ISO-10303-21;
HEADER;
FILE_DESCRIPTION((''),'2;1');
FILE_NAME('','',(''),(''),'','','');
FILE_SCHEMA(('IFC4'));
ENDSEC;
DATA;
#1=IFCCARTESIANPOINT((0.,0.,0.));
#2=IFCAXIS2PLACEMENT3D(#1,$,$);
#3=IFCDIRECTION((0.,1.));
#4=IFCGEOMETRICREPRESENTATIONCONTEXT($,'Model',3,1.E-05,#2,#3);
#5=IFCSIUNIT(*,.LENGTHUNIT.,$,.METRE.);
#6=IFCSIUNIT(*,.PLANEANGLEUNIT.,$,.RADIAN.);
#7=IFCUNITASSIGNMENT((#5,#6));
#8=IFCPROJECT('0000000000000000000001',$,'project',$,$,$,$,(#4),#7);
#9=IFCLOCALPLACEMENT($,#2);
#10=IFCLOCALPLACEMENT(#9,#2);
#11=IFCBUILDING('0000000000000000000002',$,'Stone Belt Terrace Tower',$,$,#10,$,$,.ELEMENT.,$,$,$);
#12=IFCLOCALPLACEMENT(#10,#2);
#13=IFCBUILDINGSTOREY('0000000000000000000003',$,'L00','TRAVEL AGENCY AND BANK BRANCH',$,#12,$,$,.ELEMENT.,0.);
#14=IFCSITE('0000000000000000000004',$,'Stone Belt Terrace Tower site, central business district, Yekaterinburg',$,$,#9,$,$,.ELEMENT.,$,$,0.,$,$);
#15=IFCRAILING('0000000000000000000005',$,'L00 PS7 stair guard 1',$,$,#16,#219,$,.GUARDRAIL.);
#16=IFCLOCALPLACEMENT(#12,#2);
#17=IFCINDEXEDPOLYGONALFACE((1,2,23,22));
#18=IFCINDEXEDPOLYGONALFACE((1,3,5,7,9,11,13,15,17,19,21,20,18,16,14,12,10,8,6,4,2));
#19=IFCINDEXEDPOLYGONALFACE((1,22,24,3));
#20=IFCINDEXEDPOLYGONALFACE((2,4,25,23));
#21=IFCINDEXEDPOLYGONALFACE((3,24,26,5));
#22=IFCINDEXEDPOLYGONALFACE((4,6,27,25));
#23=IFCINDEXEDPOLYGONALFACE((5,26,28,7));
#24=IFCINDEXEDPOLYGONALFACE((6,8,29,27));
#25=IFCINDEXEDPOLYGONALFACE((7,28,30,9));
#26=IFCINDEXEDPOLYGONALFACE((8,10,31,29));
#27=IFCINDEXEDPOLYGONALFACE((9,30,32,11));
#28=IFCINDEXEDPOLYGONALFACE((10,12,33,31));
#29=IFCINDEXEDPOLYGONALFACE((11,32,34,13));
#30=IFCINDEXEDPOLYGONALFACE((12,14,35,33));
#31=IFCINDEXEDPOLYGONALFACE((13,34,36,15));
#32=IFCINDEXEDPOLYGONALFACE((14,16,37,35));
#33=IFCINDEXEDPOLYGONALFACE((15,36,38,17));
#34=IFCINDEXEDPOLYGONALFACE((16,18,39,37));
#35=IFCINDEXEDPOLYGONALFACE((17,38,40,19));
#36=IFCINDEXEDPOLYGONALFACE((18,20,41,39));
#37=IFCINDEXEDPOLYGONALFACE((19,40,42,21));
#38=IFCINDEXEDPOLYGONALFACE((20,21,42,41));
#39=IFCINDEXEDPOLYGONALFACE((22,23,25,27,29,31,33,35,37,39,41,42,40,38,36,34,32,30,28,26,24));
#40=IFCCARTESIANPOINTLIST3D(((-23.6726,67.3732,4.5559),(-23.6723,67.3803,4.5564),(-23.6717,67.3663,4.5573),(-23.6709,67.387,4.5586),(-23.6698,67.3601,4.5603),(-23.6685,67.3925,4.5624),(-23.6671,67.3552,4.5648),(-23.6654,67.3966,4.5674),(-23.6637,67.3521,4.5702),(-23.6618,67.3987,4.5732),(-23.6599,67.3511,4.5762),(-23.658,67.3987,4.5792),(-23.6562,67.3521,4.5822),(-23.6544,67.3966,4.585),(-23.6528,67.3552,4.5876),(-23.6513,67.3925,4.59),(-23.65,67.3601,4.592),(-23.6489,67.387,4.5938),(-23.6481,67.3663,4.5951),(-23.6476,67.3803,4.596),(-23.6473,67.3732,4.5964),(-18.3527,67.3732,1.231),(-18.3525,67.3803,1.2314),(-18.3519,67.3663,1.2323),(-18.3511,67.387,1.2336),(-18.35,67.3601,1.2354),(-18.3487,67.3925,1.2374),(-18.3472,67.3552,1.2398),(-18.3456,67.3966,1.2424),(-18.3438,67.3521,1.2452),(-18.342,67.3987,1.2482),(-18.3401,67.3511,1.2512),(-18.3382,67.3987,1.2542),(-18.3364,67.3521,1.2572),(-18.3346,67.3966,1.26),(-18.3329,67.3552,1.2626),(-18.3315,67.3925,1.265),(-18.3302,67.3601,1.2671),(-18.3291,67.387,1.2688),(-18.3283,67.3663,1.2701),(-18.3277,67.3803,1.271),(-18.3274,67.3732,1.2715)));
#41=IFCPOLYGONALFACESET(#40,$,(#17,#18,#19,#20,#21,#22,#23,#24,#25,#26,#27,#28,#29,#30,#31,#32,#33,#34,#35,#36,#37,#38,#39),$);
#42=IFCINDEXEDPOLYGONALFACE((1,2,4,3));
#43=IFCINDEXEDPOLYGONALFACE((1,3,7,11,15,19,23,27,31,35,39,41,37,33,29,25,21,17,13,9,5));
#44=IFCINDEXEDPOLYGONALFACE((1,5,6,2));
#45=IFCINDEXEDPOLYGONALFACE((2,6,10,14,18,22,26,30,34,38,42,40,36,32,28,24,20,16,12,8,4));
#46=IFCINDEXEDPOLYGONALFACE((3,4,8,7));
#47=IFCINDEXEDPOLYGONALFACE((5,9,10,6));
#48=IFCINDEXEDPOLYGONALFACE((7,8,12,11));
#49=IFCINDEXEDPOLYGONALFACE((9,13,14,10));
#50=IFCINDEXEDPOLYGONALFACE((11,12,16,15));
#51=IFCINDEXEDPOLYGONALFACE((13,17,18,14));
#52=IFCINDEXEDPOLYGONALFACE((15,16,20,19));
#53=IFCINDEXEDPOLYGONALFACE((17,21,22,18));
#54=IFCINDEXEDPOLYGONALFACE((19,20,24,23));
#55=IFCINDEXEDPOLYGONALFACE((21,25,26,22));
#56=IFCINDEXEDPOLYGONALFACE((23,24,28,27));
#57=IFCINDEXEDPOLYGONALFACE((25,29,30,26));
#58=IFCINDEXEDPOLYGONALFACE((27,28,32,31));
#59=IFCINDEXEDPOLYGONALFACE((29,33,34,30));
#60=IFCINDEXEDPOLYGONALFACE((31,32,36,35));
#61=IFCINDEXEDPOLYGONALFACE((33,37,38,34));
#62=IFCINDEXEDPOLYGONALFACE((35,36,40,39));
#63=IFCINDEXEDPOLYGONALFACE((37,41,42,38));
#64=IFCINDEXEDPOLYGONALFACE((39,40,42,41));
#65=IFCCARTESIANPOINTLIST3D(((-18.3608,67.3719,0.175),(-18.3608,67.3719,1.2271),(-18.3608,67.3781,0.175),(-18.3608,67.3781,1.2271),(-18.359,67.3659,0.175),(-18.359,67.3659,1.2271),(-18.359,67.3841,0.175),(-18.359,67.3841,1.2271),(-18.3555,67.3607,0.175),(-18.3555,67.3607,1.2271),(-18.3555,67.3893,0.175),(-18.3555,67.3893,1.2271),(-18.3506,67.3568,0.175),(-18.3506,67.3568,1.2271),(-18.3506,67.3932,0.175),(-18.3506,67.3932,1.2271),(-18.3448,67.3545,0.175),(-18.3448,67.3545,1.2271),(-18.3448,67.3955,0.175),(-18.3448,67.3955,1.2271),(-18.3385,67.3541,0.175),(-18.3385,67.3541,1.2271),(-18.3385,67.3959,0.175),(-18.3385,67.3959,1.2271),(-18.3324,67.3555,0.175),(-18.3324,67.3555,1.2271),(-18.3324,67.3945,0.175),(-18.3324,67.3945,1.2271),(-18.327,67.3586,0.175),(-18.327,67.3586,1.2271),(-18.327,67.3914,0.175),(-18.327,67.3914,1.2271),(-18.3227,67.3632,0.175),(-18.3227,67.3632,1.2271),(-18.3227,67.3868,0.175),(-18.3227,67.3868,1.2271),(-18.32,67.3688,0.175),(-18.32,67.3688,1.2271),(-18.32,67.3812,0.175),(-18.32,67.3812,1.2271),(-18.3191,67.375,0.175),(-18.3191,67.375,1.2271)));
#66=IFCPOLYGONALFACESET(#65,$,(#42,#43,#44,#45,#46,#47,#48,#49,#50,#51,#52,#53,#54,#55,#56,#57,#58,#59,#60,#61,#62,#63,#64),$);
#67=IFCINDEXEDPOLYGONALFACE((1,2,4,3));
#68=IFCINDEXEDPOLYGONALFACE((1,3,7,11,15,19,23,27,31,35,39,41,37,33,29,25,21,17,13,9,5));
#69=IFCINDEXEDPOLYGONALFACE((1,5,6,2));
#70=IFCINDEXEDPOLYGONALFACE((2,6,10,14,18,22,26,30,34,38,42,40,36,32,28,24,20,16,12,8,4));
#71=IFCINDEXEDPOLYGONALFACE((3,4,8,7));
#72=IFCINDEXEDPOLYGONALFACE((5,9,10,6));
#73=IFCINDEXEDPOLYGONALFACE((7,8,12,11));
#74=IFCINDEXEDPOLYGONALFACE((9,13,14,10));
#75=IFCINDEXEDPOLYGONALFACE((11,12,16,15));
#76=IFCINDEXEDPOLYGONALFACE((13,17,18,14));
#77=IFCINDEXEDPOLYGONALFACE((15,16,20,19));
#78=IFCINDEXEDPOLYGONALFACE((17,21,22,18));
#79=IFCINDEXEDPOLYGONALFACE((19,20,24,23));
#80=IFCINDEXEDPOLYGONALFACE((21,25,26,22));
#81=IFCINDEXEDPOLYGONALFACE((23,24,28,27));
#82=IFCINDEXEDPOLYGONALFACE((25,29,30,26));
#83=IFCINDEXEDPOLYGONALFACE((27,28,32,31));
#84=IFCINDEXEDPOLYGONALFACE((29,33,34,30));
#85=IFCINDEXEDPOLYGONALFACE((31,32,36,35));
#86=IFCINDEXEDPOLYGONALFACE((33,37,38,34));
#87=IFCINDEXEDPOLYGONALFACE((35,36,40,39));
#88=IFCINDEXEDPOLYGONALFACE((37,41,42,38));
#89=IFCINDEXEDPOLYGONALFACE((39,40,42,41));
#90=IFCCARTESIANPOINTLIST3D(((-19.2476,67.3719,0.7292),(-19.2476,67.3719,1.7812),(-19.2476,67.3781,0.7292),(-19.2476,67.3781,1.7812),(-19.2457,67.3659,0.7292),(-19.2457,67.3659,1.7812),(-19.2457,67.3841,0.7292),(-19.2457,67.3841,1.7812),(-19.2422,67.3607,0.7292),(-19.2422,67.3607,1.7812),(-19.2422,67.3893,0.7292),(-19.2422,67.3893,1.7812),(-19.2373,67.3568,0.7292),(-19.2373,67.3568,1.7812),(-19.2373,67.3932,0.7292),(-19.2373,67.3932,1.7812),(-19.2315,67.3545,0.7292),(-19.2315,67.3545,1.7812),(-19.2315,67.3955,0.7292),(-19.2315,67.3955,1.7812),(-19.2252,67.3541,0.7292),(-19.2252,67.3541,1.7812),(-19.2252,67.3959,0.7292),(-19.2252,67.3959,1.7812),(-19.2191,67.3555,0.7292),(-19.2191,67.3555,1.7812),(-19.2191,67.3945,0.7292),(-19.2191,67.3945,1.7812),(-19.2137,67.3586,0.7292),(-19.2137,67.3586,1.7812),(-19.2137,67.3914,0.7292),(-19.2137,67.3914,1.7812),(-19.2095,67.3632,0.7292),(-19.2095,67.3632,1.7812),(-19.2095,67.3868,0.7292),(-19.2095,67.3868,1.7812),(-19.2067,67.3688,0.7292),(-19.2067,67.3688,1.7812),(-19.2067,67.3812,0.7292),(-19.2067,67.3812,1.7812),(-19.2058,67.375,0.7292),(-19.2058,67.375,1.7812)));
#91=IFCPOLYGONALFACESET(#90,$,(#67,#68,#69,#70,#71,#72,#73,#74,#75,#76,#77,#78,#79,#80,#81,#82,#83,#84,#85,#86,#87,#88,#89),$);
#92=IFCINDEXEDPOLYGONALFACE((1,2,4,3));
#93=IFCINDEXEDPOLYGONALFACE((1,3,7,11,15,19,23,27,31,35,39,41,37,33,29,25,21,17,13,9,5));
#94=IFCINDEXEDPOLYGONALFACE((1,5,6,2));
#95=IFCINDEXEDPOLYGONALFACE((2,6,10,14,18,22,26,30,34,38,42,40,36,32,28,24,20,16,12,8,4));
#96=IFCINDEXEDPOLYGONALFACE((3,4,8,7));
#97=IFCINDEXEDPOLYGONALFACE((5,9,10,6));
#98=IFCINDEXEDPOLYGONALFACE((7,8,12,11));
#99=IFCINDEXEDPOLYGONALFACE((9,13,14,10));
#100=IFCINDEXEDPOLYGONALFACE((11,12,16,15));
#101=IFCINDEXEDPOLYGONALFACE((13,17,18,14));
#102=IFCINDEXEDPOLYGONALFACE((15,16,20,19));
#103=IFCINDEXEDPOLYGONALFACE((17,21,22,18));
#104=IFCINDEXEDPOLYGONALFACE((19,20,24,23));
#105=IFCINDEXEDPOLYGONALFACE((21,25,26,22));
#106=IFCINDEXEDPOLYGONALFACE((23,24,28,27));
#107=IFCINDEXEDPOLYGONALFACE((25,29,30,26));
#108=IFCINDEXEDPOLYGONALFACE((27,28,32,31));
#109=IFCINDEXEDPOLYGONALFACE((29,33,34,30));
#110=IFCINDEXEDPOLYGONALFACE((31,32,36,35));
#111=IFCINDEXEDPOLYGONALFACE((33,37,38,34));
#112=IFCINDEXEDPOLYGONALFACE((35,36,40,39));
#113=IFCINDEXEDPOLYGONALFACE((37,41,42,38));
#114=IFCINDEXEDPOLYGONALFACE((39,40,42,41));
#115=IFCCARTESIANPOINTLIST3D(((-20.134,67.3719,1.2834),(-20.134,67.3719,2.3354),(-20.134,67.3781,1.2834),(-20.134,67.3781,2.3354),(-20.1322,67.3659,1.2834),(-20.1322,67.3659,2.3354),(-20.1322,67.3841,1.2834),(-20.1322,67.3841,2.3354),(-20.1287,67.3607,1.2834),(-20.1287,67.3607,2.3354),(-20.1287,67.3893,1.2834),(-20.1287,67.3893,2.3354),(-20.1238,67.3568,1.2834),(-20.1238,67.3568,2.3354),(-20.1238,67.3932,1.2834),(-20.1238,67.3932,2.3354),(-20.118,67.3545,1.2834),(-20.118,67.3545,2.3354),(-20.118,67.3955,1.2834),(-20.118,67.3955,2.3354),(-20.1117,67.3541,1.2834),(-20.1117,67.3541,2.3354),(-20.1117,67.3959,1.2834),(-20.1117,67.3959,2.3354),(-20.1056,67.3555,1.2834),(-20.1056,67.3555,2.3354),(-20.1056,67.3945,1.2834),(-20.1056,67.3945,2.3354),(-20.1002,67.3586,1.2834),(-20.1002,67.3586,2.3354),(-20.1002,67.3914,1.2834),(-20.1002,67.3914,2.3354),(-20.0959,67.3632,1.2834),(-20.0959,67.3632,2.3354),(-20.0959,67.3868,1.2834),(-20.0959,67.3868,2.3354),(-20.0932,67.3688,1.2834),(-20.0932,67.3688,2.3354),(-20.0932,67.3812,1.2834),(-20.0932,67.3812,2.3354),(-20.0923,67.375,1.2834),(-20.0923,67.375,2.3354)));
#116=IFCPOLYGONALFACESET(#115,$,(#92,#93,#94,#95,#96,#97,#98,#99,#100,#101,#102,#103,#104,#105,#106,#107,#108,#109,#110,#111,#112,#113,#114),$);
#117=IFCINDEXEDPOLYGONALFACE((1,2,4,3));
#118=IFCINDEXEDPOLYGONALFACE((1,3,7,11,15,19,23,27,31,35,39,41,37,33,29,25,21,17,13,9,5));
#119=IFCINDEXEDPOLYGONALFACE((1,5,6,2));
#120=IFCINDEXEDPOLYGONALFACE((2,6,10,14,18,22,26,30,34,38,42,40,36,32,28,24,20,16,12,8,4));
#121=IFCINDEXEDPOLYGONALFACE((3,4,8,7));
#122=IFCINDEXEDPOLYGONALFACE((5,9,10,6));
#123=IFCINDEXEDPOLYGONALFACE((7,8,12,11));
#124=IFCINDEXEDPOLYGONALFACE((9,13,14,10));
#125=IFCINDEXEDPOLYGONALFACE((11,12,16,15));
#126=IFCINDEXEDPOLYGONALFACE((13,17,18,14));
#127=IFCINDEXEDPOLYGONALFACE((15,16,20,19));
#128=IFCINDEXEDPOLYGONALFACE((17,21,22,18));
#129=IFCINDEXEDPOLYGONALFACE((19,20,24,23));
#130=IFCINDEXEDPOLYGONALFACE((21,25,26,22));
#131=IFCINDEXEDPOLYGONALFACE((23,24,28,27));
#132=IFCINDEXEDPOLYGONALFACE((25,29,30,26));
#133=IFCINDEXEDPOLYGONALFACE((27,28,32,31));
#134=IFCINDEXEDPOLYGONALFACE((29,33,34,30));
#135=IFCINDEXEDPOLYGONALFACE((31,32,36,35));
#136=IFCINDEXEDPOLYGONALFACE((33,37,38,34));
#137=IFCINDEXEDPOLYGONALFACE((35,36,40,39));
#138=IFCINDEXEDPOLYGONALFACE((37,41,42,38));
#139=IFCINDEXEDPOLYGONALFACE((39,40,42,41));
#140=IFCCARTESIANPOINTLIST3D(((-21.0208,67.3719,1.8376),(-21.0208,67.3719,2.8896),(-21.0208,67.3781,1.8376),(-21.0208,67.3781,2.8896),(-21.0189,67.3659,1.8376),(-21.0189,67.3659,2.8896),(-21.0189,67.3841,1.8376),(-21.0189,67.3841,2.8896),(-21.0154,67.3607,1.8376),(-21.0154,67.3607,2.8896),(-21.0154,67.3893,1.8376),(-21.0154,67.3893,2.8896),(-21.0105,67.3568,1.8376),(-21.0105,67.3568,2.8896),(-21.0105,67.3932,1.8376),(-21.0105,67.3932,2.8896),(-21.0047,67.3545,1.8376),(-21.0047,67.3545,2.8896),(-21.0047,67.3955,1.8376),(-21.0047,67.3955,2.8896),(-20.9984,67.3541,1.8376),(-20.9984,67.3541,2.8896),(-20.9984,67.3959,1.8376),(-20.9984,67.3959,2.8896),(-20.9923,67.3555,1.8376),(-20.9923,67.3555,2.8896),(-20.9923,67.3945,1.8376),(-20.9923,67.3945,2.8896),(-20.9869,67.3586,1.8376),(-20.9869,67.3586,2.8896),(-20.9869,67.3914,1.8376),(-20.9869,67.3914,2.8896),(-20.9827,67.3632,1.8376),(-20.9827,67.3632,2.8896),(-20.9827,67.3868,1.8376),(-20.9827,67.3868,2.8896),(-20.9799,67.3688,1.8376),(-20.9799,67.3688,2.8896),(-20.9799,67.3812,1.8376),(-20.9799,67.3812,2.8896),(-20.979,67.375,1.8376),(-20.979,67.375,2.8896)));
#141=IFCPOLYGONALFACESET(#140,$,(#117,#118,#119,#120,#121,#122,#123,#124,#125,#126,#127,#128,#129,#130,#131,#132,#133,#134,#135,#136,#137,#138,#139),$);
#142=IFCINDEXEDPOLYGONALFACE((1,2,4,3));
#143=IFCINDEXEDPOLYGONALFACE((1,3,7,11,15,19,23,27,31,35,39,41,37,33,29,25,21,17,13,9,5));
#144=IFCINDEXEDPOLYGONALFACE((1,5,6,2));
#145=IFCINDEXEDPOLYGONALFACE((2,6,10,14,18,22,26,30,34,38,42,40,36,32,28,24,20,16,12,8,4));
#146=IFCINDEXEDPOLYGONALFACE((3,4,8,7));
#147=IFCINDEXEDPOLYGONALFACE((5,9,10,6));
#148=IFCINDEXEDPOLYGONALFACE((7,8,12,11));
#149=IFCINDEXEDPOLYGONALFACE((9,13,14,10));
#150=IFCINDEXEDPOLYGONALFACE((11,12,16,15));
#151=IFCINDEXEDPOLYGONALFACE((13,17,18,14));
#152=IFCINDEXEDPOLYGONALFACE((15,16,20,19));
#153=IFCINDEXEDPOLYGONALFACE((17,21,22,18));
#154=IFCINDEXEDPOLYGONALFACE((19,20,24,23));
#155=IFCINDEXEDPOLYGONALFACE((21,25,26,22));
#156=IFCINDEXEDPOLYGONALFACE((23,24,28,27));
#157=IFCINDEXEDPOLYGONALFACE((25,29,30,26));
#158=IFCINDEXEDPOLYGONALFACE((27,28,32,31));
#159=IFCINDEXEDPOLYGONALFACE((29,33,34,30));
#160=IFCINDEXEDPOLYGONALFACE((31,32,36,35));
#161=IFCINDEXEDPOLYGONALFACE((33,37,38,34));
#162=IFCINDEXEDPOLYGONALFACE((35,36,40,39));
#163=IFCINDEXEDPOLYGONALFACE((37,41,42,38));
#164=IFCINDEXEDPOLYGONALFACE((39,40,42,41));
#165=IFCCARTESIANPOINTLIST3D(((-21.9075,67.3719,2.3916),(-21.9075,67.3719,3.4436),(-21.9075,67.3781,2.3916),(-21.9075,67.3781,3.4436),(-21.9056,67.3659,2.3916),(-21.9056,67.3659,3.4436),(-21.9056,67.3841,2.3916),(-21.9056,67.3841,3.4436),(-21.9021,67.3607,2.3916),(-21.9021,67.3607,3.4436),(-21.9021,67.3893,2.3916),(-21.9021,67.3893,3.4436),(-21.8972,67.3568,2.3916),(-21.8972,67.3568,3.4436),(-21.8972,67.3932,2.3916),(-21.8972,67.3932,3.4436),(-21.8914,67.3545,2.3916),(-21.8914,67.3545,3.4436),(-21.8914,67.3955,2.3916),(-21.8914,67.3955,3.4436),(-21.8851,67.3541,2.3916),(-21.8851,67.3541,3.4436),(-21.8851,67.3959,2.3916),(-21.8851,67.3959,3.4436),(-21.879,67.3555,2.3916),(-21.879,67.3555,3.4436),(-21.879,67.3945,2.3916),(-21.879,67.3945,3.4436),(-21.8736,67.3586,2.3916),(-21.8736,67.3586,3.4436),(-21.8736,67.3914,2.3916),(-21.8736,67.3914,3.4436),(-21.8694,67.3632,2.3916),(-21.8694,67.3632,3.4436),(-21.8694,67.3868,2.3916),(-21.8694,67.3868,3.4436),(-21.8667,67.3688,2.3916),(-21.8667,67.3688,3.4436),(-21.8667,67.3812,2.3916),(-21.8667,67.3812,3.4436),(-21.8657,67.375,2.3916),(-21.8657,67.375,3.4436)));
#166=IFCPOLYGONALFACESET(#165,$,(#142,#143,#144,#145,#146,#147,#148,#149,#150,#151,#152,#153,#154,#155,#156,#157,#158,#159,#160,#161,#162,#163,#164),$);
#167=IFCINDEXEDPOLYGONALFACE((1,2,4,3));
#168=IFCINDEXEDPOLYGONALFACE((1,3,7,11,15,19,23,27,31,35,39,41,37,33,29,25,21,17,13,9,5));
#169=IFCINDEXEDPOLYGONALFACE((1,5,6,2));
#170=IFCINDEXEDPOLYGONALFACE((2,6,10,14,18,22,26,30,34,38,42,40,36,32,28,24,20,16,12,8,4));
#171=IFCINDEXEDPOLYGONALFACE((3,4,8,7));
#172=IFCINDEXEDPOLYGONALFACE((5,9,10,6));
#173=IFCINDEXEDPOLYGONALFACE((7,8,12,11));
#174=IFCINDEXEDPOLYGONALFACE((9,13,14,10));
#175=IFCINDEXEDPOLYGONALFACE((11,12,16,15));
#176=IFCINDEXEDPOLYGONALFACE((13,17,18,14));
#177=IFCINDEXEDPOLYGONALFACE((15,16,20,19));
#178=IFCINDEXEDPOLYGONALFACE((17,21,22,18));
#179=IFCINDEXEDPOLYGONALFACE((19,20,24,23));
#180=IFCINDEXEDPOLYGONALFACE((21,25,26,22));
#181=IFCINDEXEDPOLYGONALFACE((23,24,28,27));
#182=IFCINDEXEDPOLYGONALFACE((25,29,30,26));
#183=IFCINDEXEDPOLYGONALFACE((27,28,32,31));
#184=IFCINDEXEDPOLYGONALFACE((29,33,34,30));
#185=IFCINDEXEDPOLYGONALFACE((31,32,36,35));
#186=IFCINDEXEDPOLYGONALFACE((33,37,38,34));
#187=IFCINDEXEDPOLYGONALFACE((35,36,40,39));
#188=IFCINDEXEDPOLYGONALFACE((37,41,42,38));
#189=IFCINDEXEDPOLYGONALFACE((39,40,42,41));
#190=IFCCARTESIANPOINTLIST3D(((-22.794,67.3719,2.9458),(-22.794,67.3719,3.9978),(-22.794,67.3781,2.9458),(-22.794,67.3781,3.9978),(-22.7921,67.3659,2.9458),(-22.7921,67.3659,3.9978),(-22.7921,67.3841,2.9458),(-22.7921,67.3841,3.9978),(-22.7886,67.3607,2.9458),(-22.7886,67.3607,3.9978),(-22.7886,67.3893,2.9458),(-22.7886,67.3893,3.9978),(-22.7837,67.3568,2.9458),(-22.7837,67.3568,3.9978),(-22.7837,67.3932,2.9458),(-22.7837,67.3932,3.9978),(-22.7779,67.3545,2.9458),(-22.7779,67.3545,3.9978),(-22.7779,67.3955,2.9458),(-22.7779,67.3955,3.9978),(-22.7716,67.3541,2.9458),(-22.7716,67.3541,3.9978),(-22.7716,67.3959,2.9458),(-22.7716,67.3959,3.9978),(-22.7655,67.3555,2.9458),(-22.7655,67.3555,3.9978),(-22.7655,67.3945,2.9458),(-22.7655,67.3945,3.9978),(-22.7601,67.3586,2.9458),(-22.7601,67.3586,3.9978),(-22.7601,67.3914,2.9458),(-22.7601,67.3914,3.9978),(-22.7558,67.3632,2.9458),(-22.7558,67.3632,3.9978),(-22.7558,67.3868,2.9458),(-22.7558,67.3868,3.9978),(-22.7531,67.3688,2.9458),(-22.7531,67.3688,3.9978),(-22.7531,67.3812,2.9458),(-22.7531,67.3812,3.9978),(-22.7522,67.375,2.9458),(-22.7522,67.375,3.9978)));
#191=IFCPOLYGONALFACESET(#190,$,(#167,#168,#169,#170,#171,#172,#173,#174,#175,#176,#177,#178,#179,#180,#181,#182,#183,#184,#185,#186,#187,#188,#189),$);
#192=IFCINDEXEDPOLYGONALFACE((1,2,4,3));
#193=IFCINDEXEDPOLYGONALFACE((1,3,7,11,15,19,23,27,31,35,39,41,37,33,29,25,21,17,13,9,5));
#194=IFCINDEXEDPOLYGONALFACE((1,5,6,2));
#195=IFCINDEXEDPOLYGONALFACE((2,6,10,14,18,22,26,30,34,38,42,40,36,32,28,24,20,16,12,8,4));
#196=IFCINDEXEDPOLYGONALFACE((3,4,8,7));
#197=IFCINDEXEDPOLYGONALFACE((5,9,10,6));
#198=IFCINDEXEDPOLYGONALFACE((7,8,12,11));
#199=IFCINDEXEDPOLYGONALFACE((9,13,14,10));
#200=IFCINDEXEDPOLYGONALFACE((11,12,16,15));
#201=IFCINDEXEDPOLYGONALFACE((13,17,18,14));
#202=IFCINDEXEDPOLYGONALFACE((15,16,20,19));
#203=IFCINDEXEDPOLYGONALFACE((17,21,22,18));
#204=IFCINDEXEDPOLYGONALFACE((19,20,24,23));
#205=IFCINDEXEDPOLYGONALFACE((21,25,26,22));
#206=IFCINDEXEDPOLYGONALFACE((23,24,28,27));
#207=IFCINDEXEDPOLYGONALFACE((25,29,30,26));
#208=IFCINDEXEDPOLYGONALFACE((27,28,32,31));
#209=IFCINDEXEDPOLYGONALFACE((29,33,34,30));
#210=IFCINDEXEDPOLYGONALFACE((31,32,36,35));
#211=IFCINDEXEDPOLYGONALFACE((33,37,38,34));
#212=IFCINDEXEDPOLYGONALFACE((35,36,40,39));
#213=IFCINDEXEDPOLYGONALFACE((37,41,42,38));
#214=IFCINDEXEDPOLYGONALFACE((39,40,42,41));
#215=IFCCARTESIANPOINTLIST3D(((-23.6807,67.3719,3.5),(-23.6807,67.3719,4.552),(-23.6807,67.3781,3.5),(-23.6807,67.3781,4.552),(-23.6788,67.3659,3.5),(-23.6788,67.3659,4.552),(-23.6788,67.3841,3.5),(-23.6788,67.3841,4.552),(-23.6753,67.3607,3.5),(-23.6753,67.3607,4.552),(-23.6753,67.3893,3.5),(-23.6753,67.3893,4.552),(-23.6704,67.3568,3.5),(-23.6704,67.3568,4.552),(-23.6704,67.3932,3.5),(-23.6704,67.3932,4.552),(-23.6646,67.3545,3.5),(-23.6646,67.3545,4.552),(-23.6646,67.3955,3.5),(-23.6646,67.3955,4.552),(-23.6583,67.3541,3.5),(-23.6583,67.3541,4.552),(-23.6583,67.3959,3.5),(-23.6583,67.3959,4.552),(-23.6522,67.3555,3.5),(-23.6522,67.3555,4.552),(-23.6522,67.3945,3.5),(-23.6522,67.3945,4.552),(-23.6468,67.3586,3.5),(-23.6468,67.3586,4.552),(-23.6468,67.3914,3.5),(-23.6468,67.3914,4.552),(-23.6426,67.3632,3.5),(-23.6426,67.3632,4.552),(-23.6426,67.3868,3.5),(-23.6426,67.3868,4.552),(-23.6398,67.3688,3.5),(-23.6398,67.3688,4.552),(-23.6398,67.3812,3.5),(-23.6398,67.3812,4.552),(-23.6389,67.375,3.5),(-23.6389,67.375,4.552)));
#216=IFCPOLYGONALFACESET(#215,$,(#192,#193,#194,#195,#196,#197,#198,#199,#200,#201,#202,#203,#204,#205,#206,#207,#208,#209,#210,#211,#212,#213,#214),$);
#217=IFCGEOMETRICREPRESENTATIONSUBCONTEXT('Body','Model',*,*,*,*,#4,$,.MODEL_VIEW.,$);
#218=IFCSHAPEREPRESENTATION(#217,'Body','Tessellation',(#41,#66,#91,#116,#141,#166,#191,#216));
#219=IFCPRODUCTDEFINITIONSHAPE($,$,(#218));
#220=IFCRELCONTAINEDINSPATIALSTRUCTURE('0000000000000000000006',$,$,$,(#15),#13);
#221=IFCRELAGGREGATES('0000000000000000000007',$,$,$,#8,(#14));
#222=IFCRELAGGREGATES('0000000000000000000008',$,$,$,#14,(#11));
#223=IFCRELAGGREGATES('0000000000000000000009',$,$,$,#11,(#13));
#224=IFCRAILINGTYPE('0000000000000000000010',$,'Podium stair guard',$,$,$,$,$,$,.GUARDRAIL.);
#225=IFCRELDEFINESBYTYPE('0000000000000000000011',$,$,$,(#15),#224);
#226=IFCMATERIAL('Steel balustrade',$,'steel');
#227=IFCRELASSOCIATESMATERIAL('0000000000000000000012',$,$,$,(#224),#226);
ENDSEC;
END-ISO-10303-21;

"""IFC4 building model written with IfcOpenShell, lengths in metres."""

from ifc_helpers import new_model, si_unit, direction, frame, origin, origin_2d, place, context, subcontext, project, spatial, circle, extrude, material, type_object, element, save


model = new_model("IFC4")

# Units and contexts
model_context = context("Model", 3, precision=1e-05, world=origin(), true_north=direction((0.0, 1.0)))
body_context = subcontext(model_context, "Body", "Model", "MODEL_VIEW")
ifc_project = project(units=[si_unit("LENGTHUNIT", "METRE"), si_unit("PLANEANGLEUNIT", "RADIAN")], contexts=[model_context])

# Site, building, storey
site_placement = place(None, origin())
site = spatial("IfcSite", under=ifc_project, at=site_placement, Name="Stone Belt Terrace Tower site, central business district, Yekaterinburg", CompositionType="ELEMENT", RefElevation=0.0)
building_placement = place(site_placement, origin())
building = spatial("IfcBuilding", under=site, at=building_placement, Name="Stone Belt Terrace Tower", CompositionType="ELEMENT")
storey_placement = place(building_placement, origin())
storey = spatial("IfcBuildingStorey", under=building, at=storey_placement, Name="L00", Description="TRAVEL AGENCY AND BANK BRANCH", CompositionType="ELEMENT", Elevation=0.0)

# Railing
ifc_material_1 = material(Name="Steel balustrade", Category="steel")
railing_type_1 = type_object("IfcRailingType", Name="Podium stair guard", PredefinedType="GUARDRAIL", material=ifc_material_1)
railing_1_placement = place(storey_placement, frame((-18.3401, 67.375, 0.175)))
element("IfcRailing", 1, at=railing_1_placement, inside=storey, type_object=railing_type_1, Name="L00 PS7 stair guard 1", PredefinedType="GUARDRAIL", context=body_context, shape_type="SweptSolid", body=[
    extrude(circle(Radius=0.0239, at=origin_2d()), frame((0.0, 0.0, 1.0762), z_axis=(-0.847994, 0.0, 0.530006), x_axis=(0.0, -1.0, 0.0)), (0.0, 0.0, 1.0), 6.2734),
    extrude(circle(Radius=0.021, at=origin_2d()), origin(), (0.0, 0.0, 1.0), 1.052),
    extrude(circle(Radius=0.021, at=origin_2d()), frame((-0.8867, 0.0, 0.5542)), (0.0, 0.0, 1.0), 1.052),
    extrude(circle(Radius=0.021, at=origin_2d()), frame((-1.7732, 0.0, 1.1084)), (0.0, 0.0, 1.0), 1.052),
    extrude(circle(Radius=0.021, at=origin_2d()), frame((-2.6599, 0.0, 1.6626)), (0.0, 0.0, 1.0), 1.052),
    extrude(circle(Radius=0.021, at=origin_2d()), frame((-3.5466, 0.0, 2.2166)), (0.0, 0.0, 1.0), 1.052),
    extrude(circle(Radius=0.021, at=origin_2d()), frame((-4.4331, 0.0, 2.7708)), (0.0, 0.0, 1.0), 1.052),
    extrude(circle(Radius=0.021, at=origin_2d()), frame((-5.3198, 0.0, 3.325)), (0.0, 0.0, 1.0), 1.052),
])

save(model, "model.ifc")
